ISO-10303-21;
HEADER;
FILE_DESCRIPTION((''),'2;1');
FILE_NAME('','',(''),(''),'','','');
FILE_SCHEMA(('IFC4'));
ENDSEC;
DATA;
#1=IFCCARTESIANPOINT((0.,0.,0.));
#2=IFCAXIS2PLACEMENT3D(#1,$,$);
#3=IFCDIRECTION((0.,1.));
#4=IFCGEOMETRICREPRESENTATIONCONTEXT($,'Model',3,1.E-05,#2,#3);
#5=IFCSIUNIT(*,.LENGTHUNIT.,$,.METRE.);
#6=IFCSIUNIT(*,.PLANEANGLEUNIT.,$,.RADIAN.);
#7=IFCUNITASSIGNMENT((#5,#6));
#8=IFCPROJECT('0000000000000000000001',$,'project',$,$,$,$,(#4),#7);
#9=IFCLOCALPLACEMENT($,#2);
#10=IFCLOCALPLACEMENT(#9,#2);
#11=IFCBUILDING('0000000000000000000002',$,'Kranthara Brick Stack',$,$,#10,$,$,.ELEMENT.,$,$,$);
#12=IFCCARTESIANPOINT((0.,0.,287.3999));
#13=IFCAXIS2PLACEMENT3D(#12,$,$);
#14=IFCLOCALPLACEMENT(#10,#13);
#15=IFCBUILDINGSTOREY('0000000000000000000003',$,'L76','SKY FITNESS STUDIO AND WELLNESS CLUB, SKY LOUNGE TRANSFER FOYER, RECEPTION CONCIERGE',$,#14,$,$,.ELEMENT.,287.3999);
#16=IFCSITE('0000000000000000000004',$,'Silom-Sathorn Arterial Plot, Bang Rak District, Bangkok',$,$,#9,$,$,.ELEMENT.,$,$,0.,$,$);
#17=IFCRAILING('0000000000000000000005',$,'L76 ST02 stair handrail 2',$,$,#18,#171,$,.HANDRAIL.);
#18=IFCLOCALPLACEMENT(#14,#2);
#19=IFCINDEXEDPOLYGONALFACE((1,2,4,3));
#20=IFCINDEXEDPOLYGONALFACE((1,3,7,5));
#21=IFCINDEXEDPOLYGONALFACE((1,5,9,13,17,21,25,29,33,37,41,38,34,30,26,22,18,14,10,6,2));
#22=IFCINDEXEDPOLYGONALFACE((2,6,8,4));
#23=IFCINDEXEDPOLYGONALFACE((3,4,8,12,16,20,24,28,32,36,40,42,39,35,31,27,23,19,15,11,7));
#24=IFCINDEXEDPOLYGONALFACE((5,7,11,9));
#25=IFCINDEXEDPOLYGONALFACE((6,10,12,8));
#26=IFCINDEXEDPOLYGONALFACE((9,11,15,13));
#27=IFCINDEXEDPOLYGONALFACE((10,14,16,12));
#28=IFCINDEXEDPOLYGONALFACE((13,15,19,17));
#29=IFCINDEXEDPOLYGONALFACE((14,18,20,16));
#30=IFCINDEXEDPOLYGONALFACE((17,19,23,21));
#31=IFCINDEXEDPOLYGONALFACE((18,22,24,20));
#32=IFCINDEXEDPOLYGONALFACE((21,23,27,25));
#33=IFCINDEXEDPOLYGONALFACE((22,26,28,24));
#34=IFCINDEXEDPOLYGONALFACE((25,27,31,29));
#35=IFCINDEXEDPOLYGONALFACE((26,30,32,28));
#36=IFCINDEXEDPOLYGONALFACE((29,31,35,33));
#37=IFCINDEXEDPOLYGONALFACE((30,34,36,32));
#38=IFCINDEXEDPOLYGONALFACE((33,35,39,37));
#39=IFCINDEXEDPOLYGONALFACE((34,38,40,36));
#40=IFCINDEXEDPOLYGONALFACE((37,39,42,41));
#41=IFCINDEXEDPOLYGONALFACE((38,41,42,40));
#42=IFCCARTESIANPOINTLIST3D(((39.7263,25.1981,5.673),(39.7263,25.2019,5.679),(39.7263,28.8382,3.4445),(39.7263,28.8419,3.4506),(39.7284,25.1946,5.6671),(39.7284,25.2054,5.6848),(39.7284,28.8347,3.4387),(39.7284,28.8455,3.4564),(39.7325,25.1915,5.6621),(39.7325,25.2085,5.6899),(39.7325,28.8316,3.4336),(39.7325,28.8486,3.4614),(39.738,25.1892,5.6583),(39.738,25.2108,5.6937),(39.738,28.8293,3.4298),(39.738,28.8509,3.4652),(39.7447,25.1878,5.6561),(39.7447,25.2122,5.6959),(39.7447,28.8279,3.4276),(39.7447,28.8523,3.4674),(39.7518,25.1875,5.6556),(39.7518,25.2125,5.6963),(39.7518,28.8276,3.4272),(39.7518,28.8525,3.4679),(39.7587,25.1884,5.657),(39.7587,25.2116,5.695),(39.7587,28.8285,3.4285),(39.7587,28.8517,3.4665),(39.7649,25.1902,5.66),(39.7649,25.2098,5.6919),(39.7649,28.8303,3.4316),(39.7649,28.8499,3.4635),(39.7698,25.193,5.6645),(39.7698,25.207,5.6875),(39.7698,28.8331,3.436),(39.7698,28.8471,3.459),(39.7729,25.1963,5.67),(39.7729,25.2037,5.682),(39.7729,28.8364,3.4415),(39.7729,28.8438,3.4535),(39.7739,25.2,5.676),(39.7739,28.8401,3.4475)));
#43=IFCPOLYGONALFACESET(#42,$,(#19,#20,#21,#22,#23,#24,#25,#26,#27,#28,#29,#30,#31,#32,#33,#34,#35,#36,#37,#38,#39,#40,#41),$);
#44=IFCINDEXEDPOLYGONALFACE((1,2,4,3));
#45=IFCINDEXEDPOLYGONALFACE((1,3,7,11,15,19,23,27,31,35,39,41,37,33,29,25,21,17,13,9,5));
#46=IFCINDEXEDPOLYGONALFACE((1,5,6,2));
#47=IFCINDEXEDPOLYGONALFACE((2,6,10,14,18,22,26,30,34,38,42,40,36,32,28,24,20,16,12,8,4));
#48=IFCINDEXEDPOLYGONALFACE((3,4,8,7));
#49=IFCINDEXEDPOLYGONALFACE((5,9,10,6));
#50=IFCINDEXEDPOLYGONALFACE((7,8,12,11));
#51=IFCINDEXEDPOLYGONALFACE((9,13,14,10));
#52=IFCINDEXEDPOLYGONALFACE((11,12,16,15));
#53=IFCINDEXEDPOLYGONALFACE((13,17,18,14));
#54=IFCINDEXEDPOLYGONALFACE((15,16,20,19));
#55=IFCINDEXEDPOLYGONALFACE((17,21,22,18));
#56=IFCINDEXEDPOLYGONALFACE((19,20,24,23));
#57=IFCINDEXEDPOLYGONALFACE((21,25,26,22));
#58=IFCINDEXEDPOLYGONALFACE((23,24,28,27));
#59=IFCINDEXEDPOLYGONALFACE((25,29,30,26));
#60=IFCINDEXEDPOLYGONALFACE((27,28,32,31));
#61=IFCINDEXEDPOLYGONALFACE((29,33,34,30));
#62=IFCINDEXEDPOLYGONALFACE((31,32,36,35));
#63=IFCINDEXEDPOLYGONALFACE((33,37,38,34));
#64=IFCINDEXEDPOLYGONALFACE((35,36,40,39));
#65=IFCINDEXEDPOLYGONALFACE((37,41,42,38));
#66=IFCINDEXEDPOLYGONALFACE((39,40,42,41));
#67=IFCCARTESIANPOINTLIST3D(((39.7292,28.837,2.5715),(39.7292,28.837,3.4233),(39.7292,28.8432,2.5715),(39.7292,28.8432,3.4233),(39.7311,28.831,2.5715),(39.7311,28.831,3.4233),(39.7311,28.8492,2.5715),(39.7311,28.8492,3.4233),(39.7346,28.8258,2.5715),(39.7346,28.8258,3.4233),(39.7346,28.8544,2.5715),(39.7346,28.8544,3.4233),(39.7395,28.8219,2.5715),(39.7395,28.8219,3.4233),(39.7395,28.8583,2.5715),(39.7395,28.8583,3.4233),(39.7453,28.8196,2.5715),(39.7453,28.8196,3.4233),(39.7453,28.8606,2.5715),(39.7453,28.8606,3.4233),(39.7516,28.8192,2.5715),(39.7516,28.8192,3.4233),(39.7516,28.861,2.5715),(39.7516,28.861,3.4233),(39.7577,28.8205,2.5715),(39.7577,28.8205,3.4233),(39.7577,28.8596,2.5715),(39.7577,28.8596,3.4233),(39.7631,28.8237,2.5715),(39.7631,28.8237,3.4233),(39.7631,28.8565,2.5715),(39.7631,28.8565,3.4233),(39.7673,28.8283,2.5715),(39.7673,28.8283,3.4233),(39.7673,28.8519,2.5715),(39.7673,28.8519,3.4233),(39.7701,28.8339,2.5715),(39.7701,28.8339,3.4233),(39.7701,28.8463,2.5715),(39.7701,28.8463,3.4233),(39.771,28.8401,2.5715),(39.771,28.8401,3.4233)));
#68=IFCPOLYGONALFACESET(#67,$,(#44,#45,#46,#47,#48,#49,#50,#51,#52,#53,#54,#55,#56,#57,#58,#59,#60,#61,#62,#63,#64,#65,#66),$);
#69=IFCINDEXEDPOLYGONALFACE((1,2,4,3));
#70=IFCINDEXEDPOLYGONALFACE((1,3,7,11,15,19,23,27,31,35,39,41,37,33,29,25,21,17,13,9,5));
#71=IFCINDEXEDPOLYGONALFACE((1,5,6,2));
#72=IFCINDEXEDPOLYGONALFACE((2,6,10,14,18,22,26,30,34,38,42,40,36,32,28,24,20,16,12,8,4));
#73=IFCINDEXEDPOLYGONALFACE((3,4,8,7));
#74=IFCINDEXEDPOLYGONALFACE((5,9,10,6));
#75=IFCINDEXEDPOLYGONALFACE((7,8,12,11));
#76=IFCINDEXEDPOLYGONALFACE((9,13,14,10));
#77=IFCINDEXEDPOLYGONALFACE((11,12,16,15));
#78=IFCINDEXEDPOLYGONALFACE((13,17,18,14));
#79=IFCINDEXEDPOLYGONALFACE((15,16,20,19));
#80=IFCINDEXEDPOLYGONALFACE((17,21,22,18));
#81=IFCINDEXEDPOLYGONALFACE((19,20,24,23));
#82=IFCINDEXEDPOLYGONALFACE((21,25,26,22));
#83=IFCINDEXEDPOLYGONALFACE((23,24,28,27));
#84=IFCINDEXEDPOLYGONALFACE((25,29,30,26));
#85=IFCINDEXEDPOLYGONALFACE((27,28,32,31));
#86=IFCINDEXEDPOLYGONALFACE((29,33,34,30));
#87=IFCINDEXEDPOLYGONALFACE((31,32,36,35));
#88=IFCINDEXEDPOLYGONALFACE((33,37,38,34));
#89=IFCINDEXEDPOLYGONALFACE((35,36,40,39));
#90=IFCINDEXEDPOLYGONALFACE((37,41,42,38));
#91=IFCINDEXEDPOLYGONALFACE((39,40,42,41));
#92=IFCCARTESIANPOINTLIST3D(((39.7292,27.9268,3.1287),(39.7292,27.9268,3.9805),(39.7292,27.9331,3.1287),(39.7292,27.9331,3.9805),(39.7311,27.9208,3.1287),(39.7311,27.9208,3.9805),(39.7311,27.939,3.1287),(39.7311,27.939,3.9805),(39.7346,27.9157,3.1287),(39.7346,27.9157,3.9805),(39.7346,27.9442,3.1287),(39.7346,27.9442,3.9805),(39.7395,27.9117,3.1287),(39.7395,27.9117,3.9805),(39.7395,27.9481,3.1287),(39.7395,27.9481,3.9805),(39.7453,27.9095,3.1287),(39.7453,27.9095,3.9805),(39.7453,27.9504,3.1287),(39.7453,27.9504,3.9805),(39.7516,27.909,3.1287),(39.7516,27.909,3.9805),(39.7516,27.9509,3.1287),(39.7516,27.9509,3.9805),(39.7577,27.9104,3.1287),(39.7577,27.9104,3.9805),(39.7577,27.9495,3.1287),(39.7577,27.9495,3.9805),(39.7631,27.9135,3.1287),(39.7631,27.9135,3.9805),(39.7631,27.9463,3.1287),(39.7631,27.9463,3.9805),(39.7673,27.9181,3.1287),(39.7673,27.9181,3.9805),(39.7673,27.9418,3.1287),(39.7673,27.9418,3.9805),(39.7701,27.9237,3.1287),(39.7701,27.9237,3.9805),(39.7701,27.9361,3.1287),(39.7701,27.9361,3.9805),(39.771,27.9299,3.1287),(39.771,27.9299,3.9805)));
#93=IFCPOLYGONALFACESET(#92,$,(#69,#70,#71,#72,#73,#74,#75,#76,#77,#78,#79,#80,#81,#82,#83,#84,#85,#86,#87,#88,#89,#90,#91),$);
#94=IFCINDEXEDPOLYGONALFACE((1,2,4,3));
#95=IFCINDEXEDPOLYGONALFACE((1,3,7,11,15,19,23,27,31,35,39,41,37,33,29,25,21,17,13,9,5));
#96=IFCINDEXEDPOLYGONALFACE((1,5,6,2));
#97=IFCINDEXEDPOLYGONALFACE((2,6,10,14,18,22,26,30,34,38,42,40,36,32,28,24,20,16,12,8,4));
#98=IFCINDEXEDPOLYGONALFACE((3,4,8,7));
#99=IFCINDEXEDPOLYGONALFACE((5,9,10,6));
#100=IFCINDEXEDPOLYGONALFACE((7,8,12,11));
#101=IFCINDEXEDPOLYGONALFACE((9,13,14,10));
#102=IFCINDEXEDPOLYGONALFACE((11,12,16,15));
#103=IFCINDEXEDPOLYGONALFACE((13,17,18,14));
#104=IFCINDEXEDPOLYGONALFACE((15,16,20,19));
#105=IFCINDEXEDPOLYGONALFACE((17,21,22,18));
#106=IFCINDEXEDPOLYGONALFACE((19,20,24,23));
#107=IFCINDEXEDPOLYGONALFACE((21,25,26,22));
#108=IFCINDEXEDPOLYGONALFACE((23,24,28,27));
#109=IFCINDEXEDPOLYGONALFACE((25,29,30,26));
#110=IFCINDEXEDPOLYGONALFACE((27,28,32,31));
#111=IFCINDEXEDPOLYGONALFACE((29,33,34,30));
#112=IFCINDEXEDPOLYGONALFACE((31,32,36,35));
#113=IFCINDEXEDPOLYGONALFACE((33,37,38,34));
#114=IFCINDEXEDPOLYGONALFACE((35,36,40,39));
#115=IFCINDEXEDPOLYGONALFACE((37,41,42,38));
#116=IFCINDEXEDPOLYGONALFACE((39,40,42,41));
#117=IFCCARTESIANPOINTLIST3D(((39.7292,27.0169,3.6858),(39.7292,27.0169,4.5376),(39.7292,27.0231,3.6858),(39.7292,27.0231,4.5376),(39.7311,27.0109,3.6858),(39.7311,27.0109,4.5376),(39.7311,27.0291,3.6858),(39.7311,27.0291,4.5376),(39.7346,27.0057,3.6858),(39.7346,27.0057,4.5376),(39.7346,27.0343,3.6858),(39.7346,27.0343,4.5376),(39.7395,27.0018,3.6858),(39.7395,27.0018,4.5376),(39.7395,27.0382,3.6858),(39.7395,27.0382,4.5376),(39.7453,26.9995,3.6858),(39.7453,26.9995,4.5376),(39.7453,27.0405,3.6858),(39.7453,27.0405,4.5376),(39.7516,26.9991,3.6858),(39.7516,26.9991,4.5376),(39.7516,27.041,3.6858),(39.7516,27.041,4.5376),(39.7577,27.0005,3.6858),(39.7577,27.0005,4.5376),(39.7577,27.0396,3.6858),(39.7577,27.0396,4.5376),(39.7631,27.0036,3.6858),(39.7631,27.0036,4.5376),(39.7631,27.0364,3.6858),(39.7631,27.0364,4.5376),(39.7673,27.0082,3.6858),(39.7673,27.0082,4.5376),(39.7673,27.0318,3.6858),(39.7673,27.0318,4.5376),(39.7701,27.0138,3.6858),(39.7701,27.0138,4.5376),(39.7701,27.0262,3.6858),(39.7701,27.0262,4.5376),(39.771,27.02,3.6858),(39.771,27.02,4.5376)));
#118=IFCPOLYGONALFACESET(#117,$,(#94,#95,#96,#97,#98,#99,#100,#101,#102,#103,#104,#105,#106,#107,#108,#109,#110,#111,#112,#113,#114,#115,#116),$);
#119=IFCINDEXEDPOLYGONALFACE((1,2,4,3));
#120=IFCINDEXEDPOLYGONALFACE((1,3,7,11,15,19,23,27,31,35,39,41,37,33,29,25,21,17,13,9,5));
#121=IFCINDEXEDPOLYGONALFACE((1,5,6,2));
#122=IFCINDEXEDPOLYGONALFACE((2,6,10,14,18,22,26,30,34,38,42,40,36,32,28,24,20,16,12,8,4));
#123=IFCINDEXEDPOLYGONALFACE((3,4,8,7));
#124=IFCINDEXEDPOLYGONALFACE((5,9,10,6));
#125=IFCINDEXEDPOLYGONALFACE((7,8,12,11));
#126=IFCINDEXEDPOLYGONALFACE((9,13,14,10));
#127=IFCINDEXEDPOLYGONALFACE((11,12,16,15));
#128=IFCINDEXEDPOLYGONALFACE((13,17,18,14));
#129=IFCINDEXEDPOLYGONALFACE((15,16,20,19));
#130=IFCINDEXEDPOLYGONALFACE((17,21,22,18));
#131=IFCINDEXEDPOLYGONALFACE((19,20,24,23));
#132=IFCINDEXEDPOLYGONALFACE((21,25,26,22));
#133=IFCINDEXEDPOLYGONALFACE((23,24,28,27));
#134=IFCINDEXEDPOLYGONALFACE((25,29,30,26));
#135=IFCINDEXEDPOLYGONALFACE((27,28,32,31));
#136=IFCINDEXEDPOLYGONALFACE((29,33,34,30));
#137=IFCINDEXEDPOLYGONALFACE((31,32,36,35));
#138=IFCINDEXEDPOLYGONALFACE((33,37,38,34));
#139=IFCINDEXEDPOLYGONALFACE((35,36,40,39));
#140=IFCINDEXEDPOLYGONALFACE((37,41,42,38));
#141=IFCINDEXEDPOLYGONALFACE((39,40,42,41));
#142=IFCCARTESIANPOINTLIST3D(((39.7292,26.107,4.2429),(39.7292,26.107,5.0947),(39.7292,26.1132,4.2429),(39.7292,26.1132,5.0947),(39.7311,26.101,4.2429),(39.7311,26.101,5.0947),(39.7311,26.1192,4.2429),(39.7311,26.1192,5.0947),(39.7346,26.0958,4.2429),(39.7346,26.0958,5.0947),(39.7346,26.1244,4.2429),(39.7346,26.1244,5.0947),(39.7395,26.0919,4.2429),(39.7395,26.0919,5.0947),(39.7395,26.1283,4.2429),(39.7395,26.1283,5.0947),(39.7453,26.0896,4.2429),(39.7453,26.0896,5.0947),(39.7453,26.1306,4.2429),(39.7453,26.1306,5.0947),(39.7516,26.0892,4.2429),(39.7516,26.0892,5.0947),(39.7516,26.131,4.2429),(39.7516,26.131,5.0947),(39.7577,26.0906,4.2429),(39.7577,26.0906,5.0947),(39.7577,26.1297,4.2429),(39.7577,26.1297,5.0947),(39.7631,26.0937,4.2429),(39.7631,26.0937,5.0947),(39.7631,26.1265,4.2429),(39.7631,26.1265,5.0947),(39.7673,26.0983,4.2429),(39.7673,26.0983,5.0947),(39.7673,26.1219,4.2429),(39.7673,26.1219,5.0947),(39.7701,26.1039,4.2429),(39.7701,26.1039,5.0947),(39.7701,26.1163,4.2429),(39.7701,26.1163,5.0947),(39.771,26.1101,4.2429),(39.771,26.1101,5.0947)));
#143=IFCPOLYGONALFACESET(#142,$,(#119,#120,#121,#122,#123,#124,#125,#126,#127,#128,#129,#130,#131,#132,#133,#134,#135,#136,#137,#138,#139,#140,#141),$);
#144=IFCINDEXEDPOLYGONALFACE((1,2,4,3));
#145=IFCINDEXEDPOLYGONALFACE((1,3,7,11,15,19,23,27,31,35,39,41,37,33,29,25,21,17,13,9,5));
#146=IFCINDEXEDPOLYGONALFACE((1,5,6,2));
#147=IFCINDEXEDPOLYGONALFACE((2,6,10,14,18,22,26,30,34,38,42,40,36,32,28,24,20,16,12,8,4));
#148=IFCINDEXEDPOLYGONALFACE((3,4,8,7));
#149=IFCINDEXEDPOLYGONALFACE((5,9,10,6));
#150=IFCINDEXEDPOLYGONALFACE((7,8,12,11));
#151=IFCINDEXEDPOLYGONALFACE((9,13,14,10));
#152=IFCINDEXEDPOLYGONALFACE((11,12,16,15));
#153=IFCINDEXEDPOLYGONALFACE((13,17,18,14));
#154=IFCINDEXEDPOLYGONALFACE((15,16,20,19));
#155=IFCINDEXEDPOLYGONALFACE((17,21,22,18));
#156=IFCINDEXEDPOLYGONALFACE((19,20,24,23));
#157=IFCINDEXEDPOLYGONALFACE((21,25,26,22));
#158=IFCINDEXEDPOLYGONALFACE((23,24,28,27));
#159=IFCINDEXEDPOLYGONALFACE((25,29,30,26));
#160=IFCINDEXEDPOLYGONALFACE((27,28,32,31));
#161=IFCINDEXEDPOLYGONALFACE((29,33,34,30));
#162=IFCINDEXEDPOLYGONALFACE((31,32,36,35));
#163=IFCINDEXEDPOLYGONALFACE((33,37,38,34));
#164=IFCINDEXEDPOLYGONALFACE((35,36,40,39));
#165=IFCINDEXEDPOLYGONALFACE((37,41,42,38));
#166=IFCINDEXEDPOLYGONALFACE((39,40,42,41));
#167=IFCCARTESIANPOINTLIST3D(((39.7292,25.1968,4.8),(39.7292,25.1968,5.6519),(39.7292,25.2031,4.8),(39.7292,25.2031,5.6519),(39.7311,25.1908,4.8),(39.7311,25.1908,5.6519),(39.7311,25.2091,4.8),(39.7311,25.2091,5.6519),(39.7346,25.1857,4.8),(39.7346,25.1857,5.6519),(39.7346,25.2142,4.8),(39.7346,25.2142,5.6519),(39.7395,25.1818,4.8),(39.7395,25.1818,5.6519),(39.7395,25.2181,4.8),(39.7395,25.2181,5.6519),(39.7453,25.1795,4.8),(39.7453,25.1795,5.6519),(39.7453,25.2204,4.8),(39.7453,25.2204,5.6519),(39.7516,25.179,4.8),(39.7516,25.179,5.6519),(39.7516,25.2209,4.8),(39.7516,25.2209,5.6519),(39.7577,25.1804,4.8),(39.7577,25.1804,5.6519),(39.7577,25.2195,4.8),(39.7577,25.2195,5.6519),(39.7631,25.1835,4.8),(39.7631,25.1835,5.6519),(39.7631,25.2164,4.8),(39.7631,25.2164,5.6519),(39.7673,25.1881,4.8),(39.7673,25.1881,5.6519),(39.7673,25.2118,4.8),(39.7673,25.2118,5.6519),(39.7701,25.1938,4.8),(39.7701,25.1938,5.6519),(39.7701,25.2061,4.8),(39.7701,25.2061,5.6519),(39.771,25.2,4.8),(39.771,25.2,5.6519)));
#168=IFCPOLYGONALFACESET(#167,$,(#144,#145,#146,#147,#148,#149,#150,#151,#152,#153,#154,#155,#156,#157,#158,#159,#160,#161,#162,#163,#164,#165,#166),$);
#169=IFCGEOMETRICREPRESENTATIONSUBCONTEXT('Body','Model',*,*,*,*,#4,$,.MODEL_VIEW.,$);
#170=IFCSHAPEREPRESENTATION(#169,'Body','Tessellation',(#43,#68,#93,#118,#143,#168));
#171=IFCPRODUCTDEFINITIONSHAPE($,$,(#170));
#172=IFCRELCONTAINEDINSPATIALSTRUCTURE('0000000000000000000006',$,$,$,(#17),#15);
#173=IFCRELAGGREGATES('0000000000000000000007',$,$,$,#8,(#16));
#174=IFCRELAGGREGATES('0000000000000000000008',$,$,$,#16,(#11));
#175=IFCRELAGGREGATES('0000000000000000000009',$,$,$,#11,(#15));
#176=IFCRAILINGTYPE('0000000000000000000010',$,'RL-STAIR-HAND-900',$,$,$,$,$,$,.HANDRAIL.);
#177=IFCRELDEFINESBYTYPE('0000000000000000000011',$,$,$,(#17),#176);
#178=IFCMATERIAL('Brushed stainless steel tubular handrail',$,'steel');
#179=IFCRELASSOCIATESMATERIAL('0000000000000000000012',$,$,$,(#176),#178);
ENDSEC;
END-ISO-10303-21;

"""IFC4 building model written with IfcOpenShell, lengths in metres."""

from ifc_helpers import new_model, si_unit, direction, frame, origin, origin_2d, place, context, subcontext, project, spatial, circle, extrude, material, type_object, element, save


model = new_model("IFC4")

# Units and contexts
model_context = context("Model", 3, precision=1e-05, world=origin(), true_north=direction((0.0, 1.0)))
body_context = subcontext(model_context, "Body", "Model", "MODEL_VIEW")
ifc_project = project(units=[si_unit("LENGTHUNIT", "METRE"), si_unit("PLANEANGLEUNIT", "RADIAN")], contexts=[model_context])

# Site, building, storey
site_placement = place(None, origin())
site = spatial("IfcSite", under=ifc_project, at=site_placement, Name="Silom-Sathorn Arterial Plot, Bang Rak District, Bangkok", CompositionType="ELEMENT", RefElevation=0.0)
building_placement = place(site_placement, origin())
building = spatial("IfcBuilding", under=site, at=building_placement, Name="Kranthara Brick Stack", CompositionType="ELEMENT")
storey_placement = place(building_placement, frame((0.0, 0.0, 287.3999)))
storey = spatial("IfcBuildingStorey", under=building, at=storey_placement, Name="L76", Description="SKY FITNESS STUDIO AND WELLNESS CLUB, SKY LOUNGE TRANSFER FOYER, RECEPTION CONCIERGE", CompositionType="ELEMENT", Elevation=287.3999)

# Railing
ifc_material_1 = material(Name="Brushed stainless steel tubular handrail", Category="steel")
railing_type_1 = type_object("IfcRailingType", Name="RL-STAIR-HAND-900", PredefinedType="HANDRAIL", material=ifc_material_1)
railing_1_placement = place(storey_placement, frame((39.75, 28.8401, 2.5715)))
element("IfcRailing", 1, at=railing_1_placement, inside=storey, type_object=railing_type_1, Name="L76 ST02 stair handrail 2", PredefinedType="HANDRAIL", context=body_context, shape_type="SweptSolid", body=[
    extrude(circle(Radius=0.0239, at=origin_2d()), frame((0.0, 0.0, 0.876), z_axis=(0.0, -0.852866, 0.52213), x_axis=(1.0, 0.0, 0.0)), (0.0, 0.0, 1.0), 4.2681),
    extrude(circle(Radius=0.021, at=origin_2d()), origin(), (0.0, 0.0, 1.0), 0.8518),
    extrude(circle(Radius=0.021, at=origin_2d()), frame((0.0, -0.9102, 0.5571)), (0.0, 0.0, 1.0), 0.8518),
    extrude(circle(Radius=0.021, at=origin_2d()), frame((0.0, -1.8201, 1.1143)), (0.0, 0.0, 1.0), 0.8518),
    extrude(circle(Radius=0.021, at=origin_2d()), frame((0.0, -2.73, 1.6714)), (0.0, 0.0, 1.0), 0.8518),
    extrude(circle(Radius=0.021, at=origin_2d()), frame((0.0, -3.6401, 2.2285)), (0.0, 0.0, 1.0), 0.8518),
])

save(model, "model.ifc")
